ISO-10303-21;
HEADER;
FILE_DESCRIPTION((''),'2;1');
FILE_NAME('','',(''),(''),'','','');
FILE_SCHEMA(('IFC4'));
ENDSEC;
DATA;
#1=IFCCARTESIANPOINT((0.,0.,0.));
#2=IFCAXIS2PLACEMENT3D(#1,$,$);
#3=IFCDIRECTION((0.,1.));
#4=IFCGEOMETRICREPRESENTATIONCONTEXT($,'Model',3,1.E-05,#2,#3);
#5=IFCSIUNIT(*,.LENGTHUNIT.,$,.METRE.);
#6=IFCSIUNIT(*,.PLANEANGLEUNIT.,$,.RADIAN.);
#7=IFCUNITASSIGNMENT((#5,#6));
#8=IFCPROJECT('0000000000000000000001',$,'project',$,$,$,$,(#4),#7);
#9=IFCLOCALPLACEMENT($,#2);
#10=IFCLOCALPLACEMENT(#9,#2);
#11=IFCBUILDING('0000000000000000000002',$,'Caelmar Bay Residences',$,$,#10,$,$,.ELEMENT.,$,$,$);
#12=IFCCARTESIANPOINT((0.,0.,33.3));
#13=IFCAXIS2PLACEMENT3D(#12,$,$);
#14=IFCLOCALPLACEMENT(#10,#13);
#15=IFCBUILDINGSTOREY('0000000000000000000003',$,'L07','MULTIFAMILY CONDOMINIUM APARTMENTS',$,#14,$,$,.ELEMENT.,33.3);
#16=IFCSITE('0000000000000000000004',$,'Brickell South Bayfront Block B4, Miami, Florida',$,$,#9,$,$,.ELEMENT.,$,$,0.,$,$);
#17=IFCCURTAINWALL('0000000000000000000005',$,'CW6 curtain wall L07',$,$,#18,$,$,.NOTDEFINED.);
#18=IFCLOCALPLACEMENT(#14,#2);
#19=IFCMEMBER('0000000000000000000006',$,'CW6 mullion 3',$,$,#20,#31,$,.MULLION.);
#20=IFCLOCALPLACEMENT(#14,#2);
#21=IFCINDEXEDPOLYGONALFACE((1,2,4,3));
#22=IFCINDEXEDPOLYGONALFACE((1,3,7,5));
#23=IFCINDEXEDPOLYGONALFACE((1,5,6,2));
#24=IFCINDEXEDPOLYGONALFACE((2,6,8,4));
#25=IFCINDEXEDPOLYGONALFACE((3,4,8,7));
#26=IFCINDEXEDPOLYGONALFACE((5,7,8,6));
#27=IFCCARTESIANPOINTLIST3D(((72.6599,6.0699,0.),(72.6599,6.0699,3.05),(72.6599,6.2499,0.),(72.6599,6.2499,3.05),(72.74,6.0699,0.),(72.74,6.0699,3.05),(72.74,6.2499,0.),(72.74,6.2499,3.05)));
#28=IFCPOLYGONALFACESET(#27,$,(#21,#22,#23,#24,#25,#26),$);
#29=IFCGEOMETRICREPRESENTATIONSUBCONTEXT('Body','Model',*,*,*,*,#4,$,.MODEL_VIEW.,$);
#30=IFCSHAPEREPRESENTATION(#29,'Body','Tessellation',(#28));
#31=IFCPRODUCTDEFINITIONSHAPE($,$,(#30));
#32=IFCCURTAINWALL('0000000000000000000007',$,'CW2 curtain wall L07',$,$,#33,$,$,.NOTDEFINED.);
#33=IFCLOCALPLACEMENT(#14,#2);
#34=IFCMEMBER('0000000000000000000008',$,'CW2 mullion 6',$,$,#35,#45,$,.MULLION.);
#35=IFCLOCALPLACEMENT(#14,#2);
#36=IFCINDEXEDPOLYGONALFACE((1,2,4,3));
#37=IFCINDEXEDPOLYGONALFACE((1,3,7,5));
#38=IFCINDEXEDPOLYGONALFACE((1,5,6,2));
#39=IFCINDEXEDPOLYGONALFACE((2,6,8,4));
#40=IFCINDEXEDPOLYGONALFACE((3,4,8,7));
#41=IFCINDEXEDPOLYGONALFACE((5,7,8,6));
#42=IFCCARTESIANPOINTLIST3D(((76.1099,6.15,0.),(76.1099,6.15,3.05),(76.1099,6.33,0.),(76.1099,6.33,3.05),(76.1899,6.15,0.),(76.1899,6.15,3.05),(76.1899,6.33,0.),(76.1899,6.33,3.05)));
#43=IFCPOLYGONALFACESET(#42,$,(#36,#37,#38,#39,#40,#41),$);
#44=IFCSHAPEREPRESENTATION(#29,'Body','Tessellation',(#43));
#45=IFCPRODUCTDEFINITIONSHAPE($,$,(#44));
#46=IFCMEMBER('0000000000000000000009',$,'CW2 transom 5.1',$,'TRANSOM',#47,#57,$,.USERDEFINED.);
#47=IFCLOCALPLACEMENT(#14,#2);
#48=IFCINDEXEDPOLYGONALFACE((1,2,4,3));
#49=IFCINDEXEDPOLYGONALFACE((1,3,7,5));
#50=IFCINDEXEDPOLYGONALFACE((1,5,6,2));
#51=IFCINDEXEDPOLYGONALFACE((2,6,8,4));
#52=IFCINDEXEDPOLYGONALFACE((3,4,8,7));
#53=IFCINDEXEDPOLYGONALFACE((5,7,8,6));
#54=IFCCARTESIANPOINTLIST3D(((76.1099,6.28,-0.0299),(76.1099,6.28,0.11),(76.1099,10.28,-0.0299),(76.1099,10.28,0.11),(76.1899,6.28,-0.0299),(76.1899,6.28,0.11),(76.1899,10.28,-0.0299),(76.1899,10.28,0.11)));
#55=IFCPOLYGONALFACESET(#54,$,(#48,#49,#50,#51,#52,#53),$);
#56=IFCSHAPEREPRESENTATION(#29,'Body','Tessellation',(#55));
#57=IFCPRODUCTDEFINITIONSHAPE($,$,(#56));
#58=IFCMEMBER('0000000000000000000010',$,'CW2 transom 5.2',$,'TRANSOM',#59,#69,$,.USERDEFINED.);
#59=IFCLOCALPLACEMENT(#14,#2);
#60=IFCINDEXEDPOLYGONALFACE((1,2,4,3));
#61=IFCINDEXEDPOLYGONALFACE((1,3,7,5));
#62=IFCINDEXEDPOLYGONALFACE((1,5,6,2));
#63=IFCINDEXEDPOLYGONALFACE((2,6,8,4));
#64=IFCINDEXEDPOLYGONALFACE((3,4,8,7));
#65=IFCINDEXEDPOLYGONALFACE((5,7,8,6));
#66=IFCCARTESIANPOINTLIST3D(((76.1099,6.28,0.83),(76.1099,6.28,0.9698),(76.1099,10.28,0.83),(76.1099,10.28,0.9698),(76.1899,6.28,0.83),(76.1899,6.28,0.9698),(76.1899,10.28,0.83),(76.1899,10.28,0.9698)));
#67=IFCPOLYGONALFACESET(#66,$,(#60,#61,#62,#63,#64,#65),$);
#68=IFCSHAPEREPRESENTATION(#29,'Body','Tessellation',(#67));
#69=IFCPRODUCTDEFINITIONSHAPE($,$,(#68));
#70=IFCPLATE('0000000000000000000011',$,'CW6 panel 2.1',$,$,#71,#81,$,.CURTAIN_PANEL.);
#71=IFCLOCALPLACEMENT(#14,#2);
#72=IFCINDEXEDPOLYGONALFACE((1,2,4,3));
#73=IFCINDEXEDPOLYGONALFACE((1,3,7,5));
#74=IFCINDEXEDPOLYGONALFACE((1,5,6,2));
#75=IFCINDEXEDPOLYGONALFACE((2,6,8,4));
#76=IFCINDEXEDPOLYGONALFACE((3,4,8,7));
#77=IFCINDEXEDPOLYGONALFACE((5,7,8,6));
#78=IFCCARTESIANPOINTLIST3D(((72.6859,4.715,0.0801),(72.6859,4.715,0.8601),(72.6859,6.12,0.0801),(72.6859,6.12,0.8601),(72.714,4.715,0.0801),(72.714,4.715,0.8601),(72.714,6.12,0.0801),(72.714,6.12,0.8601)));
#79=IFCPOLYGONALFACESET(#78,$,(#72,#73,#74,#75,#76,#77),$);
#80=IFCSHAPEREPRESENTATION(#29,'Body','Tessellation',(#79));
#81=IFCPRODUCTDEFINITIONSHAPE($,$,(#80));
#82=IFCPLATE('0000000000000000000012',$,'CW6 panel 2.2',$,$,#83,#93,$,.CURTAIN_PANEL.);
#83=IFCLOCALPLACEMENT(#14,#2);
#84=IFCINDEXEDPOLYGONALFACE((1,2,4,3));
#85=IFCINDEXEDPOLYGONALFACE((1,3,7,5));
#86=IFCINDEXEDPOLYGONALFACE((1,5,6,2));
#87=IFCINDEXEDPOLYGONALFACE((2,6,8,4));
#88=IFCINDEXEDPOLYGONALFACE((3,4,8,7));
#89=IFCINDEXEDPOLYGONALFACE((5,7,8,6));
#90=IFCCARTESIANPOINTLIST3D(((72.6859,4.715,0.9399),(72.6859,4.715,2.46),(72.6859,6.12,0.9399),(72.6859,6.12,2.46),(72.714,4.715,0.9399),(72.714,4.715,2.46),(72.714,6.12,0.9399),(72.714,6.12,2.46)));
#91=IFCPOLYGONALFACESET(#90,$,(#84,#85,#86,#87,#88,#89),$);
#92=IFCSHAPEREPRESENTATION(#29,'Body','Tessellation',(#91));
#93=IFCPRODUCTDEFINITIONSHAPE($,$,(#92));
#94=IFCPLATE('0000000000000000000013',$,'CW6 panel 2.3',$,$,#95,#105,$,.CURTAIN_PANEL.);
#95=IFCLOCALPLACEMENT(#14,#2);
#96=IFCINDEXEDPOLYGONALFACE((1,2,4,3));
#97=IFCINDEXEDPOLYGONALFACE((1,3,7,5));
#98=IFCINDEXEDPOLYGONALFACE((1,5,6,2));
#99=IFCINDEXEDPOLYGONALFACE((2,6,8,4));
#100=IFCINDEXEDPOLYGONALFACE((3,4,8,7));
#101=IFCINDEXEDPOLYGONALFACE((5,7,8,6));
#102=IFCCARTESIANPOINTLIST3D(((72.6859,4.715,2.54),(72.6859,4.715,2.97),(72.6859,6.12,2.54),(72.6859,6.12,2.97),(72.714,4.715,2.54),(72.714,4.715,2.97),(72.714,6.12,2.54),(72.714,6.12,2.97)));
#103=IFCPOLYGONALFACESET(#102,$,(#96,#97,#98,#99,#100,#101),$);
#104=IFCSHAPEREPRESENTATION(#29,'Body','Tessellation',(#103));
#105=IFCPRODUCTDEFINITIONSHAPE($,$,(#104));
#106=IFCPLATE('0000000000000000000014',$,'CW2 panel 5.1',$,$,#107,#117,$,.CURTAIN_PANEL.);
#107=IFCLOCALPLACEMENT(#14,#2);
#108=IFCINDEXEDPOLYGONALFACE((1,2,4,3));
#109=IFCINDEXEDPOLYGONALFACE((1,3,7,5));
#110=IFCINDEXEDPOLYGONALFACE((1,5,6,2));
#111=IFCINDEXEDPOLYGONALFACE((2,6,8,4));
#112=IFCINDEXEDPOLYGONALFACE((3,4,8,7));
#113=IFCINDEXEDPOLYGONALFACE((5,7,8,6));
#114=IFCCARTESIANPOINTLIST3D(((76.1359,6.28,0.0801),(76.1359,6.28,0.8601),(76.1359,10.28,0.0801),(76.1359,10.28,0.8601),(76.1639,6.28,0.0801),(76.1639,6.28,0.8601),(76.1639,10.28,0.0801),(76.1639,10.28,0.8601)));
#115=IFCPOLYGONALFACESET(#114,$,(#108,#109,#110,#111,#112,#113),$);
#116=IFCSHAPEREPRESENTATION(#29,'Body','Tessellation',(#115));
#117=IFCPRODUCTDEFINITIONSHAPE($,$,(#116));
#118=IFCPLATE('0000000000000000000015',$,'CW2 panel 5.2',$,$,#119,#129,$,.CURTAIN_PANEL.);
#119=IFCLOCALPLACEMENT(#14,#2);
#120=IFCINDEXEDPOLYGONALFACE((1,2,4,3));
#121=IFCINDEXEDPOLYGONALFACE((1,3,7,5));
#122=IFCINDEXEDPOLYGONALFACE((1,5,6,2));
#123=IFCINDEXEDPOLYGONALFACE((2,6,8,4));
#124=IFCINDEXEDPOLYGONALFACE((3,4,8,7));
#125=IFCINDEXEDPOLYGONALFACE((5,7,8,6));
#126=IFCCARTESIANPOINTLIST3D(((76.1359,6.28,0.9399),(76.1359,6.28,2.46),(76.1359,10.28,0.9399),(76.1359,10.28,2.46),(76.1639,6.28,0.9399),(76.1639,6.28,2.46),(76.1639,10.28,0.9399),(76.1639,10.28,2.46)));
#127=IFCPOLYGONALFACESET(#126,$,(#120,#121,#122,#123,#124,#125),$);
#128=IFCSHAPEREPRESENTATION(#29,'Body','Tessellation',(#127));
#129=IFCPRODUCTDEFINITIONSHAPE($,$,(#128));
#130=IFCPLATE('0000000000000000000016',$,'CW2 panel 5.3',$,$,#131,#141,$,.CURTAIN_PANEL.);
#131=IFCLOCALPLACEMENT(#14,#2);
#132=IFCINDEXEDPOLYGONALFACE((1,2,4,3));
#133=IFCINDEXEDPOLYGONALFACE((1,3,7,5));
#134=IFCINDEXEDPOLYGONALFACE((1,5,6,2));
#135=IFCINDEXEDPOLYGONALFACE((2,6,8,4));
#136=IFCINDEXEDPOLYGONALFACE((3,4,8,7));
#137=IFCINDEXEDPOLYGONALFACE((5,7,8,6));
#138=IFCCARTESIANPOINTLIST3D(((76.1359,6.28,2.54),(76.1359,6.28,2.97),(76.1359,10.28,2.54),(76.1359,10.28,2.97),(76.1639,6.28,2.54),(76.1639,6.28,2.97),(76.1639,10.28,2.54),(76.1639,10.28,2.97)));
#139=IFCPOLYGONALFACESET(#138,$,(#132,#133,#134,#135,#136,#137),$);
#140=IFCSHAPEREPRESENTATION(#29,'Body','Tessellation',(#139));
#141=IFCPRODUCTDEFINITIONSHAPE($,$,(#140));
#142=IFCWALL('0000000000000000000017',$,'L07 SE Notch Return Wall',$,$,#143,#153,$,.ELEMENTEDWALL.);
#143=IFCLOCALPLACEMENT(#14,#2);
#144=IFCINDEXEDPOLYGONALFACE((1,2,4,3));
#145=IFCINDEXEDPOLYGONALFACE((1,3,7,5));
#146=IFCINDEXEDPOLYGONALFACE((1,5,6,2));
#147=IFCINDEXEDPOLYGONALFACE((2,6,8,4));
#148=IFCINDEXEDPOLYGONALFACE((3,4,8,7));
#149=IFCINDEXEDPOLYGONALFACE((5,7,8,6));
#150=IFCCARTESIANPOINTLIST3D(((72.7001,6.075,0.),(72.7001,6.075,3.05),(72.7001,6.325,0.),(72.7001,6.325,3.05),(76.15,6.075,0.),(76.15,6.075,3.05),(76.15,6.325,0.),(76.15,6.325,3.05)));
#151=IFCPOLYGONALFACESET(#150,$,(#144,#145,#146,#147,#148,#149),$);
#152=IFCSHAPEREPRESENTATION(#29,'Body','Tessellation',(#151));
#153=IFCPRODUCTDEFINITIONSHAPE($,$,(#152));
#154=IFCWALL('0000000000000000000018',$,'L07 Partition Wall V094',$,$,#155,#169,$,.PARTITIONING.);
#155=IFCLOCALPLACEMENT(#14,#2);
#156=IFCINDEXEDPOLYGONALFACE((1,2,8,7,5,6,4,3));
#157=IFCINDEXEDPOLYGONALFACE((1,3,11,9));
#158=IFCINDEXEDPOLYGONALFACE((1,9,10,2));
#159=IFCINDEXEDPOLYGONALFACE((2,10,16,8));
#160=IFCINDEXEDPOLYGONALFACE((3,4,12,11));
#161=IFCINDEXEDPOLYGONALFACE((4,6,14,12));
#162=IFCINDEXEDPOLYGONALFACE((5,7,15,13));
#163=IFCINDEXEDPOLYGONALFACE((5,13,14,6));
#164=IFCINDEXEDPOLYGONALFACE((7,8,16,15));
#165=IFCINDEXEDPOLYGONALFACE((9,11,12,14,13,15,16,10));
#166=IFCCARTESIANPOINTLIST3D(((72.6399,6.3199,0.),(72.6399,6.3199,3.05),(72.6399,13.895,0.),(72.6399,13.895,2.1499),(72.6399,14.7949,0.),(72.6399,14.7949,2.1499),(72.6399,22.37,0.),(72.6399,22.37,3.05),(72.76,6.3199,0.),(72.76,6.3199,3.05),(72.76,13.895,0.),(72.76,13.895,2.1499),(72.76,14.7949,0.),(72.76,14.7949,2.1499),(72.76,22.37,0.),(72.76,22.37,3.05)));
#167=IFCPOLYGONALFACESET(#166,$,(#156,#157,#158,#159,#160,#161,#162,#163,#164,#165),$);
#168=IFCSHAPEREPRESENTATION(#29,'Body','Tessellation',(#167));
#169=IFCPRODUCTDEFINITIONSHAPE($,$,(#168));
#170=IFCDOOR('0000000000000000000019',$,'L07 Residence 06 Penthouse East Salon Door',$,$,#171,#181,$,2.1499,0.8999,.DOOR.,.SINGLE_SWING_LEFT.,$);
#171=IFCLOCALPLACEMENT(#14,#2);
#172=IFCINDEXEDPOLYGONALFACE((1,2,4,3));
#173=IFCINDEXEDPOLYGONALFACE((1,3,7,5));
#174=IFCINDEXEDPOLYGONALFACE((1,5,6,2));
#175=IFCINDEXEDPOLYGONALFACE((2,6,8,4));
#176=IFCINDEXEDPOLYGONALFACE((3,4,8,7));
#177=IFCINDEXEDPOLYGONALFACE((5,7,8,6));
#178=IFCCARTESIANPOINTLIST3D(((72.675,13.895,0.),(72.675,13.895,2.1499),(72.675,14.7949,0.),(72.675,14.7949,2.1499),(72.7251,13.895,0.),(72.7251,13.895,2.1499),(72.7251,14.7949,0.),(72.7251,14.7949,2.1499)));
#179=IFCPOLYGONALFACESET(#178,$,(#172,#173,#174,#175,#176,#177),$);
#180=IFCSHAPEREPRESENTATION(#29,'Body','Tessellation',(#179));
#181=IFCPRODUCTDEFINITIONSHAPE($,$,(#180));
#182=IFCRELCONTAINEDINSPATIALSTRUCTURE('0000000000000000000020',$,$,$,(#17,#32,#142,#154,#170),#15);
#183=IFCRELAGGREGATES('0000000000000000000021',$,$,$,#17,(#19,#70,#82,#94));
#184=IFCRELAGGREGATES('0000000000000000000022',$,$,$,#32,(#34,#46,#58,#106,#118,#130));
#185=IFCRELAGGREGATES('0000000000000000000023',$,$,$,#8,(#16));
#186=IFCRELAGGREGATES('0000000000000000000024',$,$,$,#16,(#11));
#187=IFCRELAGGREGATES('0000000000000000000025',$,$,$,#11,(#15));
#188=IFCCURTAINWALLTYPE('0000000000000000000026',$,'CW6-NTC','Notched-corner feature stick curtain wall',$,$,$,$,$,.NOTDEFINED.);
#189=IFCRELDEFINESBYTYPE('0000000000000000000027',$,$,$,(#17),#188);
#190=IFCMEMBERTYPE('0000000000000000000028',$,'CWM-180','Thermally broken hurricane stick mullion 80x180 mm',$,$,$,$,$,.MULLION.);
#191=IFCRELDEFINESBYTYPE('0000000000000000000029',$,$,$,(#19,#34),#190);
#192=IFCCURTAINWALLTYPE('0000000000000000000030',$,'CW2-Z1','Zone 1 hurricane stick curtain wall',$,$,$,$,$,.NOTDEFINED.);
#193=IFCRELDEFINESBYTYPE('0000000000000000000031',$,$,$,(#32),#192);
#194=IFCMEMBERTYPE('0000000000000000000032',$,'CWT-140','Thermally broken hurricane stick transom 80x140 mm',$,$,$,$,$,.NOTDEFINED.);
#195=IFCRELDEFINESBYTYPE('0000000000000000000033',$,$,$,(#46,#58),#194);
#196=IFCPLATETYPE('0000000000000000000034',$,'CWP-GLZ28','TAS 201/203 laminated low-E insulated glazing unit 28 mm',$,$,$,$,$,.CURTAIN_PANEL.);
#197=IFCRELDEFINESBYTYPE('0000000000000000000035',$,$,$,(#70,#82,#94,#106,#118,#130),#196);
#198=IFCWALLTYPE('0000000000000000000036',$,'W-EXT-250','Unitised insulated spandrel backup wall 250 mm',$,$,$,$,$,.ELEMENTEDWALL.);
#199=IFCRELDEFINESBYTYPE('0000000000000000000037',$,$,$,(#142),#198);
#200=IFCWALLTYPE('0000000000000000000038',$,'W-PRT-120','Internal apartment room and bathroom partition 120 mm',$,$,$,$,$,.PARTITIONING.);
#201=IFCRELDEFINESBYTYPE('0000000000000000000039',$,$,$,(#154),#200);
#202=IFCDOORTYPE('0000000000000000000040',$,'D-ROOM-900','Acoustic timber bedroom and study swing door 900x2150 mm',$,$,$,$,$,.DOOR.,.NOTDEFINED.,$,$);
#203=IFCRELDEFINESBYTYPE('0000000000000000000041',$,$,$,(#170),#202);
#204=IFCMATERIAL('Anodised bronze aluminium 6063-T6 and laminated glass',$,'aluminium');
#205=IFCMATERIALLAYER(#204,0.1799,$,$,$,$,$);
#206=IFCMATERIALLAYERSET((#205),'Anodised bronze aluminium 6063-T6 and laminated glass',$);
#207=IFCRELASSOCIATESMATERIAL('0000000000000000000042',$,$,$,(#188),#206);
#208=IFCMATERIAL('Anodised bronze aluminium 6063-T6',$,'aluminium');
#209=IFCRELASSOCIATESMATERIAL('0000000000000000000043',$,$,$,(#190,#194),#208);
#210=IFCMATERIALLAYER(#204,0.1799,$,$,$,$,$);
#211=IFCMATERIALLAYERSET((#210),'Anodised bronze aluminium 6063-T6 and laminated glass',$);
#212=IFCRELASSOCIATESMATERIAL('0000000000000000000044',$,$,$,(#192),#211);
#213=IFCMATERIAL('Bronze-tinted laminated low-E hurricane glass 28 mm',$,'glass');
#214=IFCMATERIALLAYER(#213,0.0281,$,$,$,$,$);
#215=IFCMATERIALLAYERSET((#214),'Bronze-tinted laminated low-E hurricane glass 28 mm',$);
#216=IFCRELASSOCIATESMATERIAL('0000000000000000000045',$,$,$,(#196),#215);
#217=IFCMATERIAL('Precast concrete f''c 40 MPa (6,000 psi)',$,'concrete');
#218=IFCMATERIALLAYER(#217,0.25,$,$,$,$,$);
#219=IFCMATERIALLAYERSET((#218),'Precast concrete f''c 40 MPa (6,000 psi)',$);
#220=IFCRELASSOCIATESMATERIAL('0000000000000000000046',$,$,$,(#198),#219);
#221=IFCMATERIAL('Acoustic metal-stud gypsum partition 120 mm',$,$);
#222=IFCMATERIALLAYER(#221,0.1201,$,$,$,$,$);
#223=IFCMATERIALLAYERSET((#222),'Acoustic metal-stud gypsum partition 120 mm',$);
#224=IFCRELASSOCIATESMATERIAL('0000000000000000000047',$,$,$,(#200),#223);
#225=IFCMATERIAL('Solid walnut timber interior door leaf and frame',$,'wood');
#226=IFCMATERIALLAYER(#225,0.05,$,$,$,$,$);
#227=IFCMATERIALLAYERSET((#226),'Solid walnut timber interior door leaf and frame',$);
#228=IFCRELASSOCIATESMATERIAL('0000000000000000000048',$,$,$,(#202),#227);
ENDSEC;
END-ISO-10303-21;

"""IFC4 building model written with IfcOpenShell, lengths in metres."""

from ifc_helpers import new_model, si_unit, direction, frame, frame_2d, origin, origin_2d, place, context, subcontext, project, spatial, rectangle, extrude, material, layer, layer_set, material_profile, profile_set, type_object, element, fill, aggregate, save


model = new_model("IFC4")

# Units and contexts
model_context = context("Model", 3, precision=1e-05, world=origin(), true_north=direction((0.0, 1.0)))
body_context = subcontext(model_context, "Body", "Model", "MODEL_VIEW")
ifc_project = project(units=[si_unit("LENGTHUNIT", "METRE"), si_unit("PLANEANGLEUNIT", "RADIAN")], contexts=[model_context])

# Site, building, storey
site_placement = place(None, origin())
site = spatial("IfcSite", under=ifc_project, at=site_placement, Name="Brickell South Bayfront Block B4, Miami, Florida", CompositionType="ELEMENT", RefElevation=0.0)
building_placement = place(site_placement, origin())
building = spatial("IfcBuilding", under=site, at=building_placement, Name="Caelmar Bay Residences", CompositionType="ELEMENT")
storey_placement = place(building_placement, frame((0.0, 0.0, 33.3)))
storey = spatial("IfcBuildingStorey", under=building, at=storey_placement, Name="L07", Description="MULTIFAMILY CONDOMINIUM APARTMENTS", CompositionType="ELEMENT", Elevation=33.3)

# Curtain wall, member
ifc_material_1 = material(Name="Anodised bronze aluminium 6063-T6 and laminated glass", Category="aluminium")
ifc_layer_1 = layer(ifc_material_1, 0.1799)
ifc_layer_set_1 = layer_set([ifc_layer_1], Name="Anodised bronze aluminium 6063-T6 and laminated glass")
curtain_wall_type_1 = type_object("IfcCurtainWallType", Name="CW6-NTC", Description="Notched-corner feature stick curtain wall", PredefinedType="NOTDEFINED", material=ifc_layer_set_1)
curtain_wall_1_placement = place(storey_placement, origin())
curtain_wall_1 = element("IfcCurtainWall", 1, at=curtain_wall_1_placement, inside=storey, type_object=curtain_wall_type_1, Name="CW6 curtain wall L07", PredefinedType="NOTDEFINED")
ifc_material_2 = material(Name="Anodised bronze aluminium 6063-T6", Category="aluminium")
ifc_material_profile_1 = material_profile(ifc_material_2, rectangle(XDim=0.0801, YDim=0.1799, at=origin_2d()), Name="CWM-80X180")
ifc_profile_set_1 = profile_set([ifc_material_profile_1], Name="Anodised bronze aluminium 6063-T6")
member_type_1 = type_object("IfcMemberType", Name="CWM-180", Description="Thermally broken hurricane stick mullion 80x180 mm", PredefinedType="MULLION", material=ifc_profile_set_1)
member_1_placement = place(storey_placement, frame((72.7, 6.1599, 0.0), z_axis=(0.0, 0.0, 1.0), x_axis=(-1.0, 0.0, 0.0)))
member_1 = element("IfcMember", 2, at=member_1_placement, type_object=member_type_1, Name="CW6 mullion 3", PredefinedType="MULLION", context=body_context, shape_type="SweptSolid", body=[
    extrude(rectangle(XDim=0.0801, YDim=0.1799, at=origin_2d()), origin(), (0.0, 0.0, 1.0), 3.05),
])

# Curtain wall, members
ifc_layer_2 = layer(ifc_material_1, 0.1799)
ifc_layer_set_2 = layer_set([ifc_layer_2], Name="Anodised bronze aluminium 6063-T6 and laminated glass")
curtain_wall_type_2 = type_object("IfcCurtainWallType", Name="CW2-Z1", Description="Zone 1 hurricane stick curtain wall", PredefinedType="NOTDEFINED", material=ifc_layer_set_2)
curtain_wall_2_placement = place(storey_placement, origin())
curtain_wall_2 = element("IfcCurtainWall", 3, at=curtain_wall_2_placement, inside=storey, type_object=curtain_wall_type_2, Name="CW2 curtain wall L07", PredefinedType="NOTDEFINED")
member_2_placement = place(storey_placement, frame((76.1499, 6.24, 0.0), z_axis=(0.0, 0.0, 1.0), x_axis=(1.0, 0.0, 0.0)))
member_2 = element("IfcMember", 4, at=member_2_placement, type_object=member_type_1, Name="CW2 mullion 6", PredefinedType="MULLION", context=body_context, shape_type="SweptSolid", body=[
    extrude(rectangle(XDim=0.0801, YDim=0.1799, at=origin_2d()), origin(), (0.0, 0.0, 1.0), 3.05),
])
ifc_material_profile_2 = material_profile(ifc_material_2, rectangle(XDim=0.0801, YDim=0.1399, at=origin_2d()), Name="CWT-80X140")
ifc_profile_set_2 = profile_set([ifc_material_profile_2], Name="Anodised bronze aluminium 6063-T6")
member_type_2 = type_object("IfcMemberType", Name="CWT-140", Description="Thermally broken hurricane stick transom 80x140 mm", PredefinedType="NOTDEFINED", material=ifc_profile_set_2)
member_3_placement = place(storey_placement, frame((76.1499, 10.28, 0.04), z_axis=(0.0, -1.0, 0.0), x_axis=(1.0, 0.0, 0.0)))
member_3 = element("IfcMember", 5, at=member_3_placement, type_object=member_type_2, Name="CW2 transom 5.1", ObjectType="TRANSOM", PredefinedType="USERDEFINED", context=body_context, shape_type="SweptSolid", body=[
    extrude(rectangle(XDim=0.0801, YDim=0.1399, at=origin_2d()), origin(), (0.0, 0.0, 1.0), 4.0),
])
member_4_placement = place(storey_placement, frame((76.1499, 10.28, 0.8999), z_axis=(0.0, -1.0, 0.0), x_axis=(1.0, 0.0, 0.0)))
member_4 = element("IfcMember", 6, at=member_4_placement, type_object=member_type_2, Name="CW2 transom 5.2", ObjectType="TRANSOM", PredefinedType="USERDEFINED", context=body_context, shape_type="SweptSolid", body=[
    extrude(rectangle(XDim=0.0801, YDim=0.1399, at=origin_2d()), origin(), (0.0, 0.0, 1.0), 4.0),
])

# Plates
ifc_material_3 = material(Name="Bronze-tinted laminated low-E hurricane glass 28 mm", Category="glass")
ifc_layer_3 = layer(ifc_material_3, 0.0281)
ifc_layer_set_3 = layer_set([ifc_layer_3], Name="Bronze-tinted laminated low-E hurricane glass 28 mm")
plate_type = type_object("IfcPlateType", Name="CWP-GLZ28", Description="TAS 201/203 laminated low-E insulated glazing unit 28 mm", PredefinedType="CURTAIN_PANEL", material=ifc_layer_set_3)
plate_1_placement = place(storey_placement, frame((72.7, 5.4175, 0.0801), z_axis=(0.0, 0.0, 1.0), x_axis=(0.0, 1.0, 0.0)))
plate_1 = element("IfcPlate", 7, at=plate_1_placement, type_object=plate_type, Name="CW6 panel 2.1", PredefinedType="CURTAIN_PANEL", context=body_context, shape_type="SweptSolid", body=[
    extrude(rectangle(XDim=1.405, YDim=0.0281, at=origin_2d()), origin(), (0.0, 0.0, 1.0), 0.78),
])
plate_2_placement = place(storey_placement, frame((72.7, 5.4175, 0.9399), z_axis=(0.0, 0.0, 1.0), x_axis=(0.0, 1.0, 0.0)))
plate_2 = element("IfcPlate", 8, at=plate_2_placement, type_object=plate_type, Name="CW6 panel 2.2", PredefinedType="CURTAIN_PANEL", context=body_context, shape_type="SweptSolid", body=[
    extrude(rectangle(XDim=1.405, YDim=0.0281, at=origin_2d()), origin(), (0.0, 0.0, 1.0), 1.52),
])
plate_3_placement = place(storey_placement, frame((72.7, 5.4175, 2.54), z_axis=(0.0, 0.0, 1.0), x_axis=(0.0, 1.0, 0.0)))
plate_3 = element("IfcPlate", 9, at=plate_3_placement, type_object=plate_type, Name="CW6 panel 2.3", PredefinedType="CURTAIN_PANEL", context=body_context, shape_type="SweptSolid", body=[
    extrude(rectangle(XDim=1.405, YDim=0.0281, at=origin_2d()), origin(), (0.0, 0.0, 1.0), 0.4299),
])
aggregate(curtain_wall_1, [member_1, plate_1, plate_2, plate_3])
plate_4_placement = place(storey_placement, frame((76.1499, 8.28, 0.0801), z_axis=(0.0, 0.0, 1.0), x_axis=(0.0, -1.0, 0.0)))
plate_4 = element("IfcPlate", 10, at=plate_4_placement, type_object=plate_type, Name="CW2 panel 5.1", PredefinedType="CURTAIN_PANEL", context=body_context, shape_type="SweptSolid", body=[
    extrude(rectangle(XDim=4.0, YDim=0.0281, at=origin_2d()), origin(), (0.0, 0.0, 1.0), 0.78),
])
plate_5_placement = place(storey_placement, frame((76.1499, 8.28, 0.9399), z_axis=(0.0, 0.0, 1.0), x_axis=(0.0, -1.0, 0.0)))
plate_5 = element("IfcPlate", 11, at=plate_5_placement, type_object=plate_type, Name="CW2 panel 5.2", PredefinedType="CURTAIN_PANEL", context=body_context, shape_type="SweptSolid", body=[
    extrude(rectangle(XDim=4.0, YDim=0.0281, at=origin_2d()), origin(), (0.0, 0.0, 1.0), 1.52),
])
plate_6_placement = place(storey_placement, frame((76.1499, 8.28, 2.54), z_axis=(0.0, 0.0, 1.0), x_axis=(0.0, -1.0, 0.0)))
plate_6 = element("IfcPlate", 12, at=plate_6_placement, type_object=plate_type, Name="CW2 panel 5.3", PredefinedType="CURTAIN_PANEL", context=body_context, shape_type="SweptSolid", body=[
    extrude(rectangle(XDim=4.0, YDim=0.0281, at=origin_2d()), origin(), (0.0, 0.0, 1.0), 0.4299),
])
aggregate(curtain_wall_2, [member_2, member_3, member_4, plate_4, plate_5, plate_6])

# Wall
ifc_material_4 = material(Name="Precast concrete f'c 40 MPa (6,000 psi)", Category="concrete")
ifc_layer_4 = layer(ifc_material_4, 0.25)
ifc_layer_set_4 = layer_set([ifc_layer_4], Name="Precast concrete f'c 40 MPa (6,000 psi)")
wall_type_1 = type_object("IfcWallType", Name="W-EXT-250", Description="Unitised insulated spandrel backup wall 250 mm", PredefinedType="ELEMENTEDWALL", material=ifc_layer_set_4)
wall_1_placement = place(storey_placement, frame((72.7, 6.2, 0.0), z_axis=(0.0, 0.0, 1.0), x_axis=(1.0, 0.0, 0.0)))
element("IfcWall", 13, at=wall_1_placement, inside=storey, type_object=wall_type_1, Name="L07 SE Notch Return Wall", PredefinedType="ELEMENTEDWALL", context=body_context, shape_type="SweptSolid", body=[
    extrude(rectangle(XDim=3.45, YDim=0.25, at=frame_2d((1.7251, 0.0))), origin(), (0.0, 0.0, 1.0), 3.05),
])

# Wall, opening, door
ifc_material_5 = material(Name="Acoustic metal-stud gypsum partition 120 mm")
ifc_layer_5 = layer(ifc_material_5, 0.1201)
ifc_layer_set_5 = layer_set([ifc_layer_5], Name="Acoustic metal-stud gypsum partition 120 mm")
wall_type_2 = type_object("IfcWallType", Name="W-PRT-120", Description="Internal apartment room and bathroom partition 120 mm", PredefinedType="PARTITIONING", material=ifc_layer_set_5)
wall_2_placement = place(storey_placement, frame((72.7, 6.3201, 0.0), z_axis=(0.0, 0.0, 1.0), x_axis=(0.0, 1.0, 0.0)))
wall_2 = element("IfcWall", 14, at=wall_2_placement, inside=storey, type_object=wall_type_2, Name="L07 Partition Wall V094", PredefinedType="PARTITIONING", context=body_context, shape_type="SweptSolid", body=[
    extrude(rectangle(XDim=16.05, YDim=0.1201, at=frame_2d((8.0249, 0.0))), origin(), (0.0, 0.0, 1.0), 3.05),
])
opening_placement = place(wall_2_placement, frame((7.575, 0.0, 0.0)))
opening = element("IfcOpeningElement", 15, at=opening_placement, cuts=wall_2, PredefinedType="OPENING", context=body_context, shape_type="SweptSolid", body=[
    extrude(rectangle(XDim=0.8999, YDim=2.1499, at=frame_2d((0.45, 1.075))), frame((0.0, 0.0701, 0.0), z_axis=(0.0, -1.0, 0.0), x_axis=(1.0, 0.0, 0.0)), (0.0, 0.0, 1.0), 0.1401),
])
ifc_material_6 = material(Name="Solid walnut timber interior door leaf and frame", Category="wood")
ifc_layer_6 = layer(ifc_material_6, 0.05)
ifc_layer_set_6 = layer_set([ifc_layer_6], Name="Solid walnut timber interior door leaf and frame")
door_type = type_object("IfcDoorType", Name="D-ROOM-900", Description="Acoustic timber bedroom and study swing door 900x2150 mm", OperationType="NOTDEFINED", PredefinedType="DOOR", material=ifc_layer_set_6)
door_placement = place(opening_placement, origin())
door = element("IfcDoor", 16, at=door_placement, inside=storey, type_object=door_type, Name="L07 Residence 06 Penthouse East Salon Door", OperationType="SINGLE_SWING_LEFT", OverallHeight=2.1499, OverallWidth=0.8999, PredefinedType="DOOR", context=body_context, shape_type="SweptSolid", body=[
    extrude(rectangle(XDim=0.8999, YDim=2.1499, at=frame_2d((0.45, 1.075))), frame((0.0, 0.0249, 0.0), z_axis=(0.0, -1.0, 0.0), x_axis=(1.0, 0.0, 0.0)), (0.0, 0.0, 1.0), 0.05),
])
fill(opening, door)

save(model, "model.ifc")
